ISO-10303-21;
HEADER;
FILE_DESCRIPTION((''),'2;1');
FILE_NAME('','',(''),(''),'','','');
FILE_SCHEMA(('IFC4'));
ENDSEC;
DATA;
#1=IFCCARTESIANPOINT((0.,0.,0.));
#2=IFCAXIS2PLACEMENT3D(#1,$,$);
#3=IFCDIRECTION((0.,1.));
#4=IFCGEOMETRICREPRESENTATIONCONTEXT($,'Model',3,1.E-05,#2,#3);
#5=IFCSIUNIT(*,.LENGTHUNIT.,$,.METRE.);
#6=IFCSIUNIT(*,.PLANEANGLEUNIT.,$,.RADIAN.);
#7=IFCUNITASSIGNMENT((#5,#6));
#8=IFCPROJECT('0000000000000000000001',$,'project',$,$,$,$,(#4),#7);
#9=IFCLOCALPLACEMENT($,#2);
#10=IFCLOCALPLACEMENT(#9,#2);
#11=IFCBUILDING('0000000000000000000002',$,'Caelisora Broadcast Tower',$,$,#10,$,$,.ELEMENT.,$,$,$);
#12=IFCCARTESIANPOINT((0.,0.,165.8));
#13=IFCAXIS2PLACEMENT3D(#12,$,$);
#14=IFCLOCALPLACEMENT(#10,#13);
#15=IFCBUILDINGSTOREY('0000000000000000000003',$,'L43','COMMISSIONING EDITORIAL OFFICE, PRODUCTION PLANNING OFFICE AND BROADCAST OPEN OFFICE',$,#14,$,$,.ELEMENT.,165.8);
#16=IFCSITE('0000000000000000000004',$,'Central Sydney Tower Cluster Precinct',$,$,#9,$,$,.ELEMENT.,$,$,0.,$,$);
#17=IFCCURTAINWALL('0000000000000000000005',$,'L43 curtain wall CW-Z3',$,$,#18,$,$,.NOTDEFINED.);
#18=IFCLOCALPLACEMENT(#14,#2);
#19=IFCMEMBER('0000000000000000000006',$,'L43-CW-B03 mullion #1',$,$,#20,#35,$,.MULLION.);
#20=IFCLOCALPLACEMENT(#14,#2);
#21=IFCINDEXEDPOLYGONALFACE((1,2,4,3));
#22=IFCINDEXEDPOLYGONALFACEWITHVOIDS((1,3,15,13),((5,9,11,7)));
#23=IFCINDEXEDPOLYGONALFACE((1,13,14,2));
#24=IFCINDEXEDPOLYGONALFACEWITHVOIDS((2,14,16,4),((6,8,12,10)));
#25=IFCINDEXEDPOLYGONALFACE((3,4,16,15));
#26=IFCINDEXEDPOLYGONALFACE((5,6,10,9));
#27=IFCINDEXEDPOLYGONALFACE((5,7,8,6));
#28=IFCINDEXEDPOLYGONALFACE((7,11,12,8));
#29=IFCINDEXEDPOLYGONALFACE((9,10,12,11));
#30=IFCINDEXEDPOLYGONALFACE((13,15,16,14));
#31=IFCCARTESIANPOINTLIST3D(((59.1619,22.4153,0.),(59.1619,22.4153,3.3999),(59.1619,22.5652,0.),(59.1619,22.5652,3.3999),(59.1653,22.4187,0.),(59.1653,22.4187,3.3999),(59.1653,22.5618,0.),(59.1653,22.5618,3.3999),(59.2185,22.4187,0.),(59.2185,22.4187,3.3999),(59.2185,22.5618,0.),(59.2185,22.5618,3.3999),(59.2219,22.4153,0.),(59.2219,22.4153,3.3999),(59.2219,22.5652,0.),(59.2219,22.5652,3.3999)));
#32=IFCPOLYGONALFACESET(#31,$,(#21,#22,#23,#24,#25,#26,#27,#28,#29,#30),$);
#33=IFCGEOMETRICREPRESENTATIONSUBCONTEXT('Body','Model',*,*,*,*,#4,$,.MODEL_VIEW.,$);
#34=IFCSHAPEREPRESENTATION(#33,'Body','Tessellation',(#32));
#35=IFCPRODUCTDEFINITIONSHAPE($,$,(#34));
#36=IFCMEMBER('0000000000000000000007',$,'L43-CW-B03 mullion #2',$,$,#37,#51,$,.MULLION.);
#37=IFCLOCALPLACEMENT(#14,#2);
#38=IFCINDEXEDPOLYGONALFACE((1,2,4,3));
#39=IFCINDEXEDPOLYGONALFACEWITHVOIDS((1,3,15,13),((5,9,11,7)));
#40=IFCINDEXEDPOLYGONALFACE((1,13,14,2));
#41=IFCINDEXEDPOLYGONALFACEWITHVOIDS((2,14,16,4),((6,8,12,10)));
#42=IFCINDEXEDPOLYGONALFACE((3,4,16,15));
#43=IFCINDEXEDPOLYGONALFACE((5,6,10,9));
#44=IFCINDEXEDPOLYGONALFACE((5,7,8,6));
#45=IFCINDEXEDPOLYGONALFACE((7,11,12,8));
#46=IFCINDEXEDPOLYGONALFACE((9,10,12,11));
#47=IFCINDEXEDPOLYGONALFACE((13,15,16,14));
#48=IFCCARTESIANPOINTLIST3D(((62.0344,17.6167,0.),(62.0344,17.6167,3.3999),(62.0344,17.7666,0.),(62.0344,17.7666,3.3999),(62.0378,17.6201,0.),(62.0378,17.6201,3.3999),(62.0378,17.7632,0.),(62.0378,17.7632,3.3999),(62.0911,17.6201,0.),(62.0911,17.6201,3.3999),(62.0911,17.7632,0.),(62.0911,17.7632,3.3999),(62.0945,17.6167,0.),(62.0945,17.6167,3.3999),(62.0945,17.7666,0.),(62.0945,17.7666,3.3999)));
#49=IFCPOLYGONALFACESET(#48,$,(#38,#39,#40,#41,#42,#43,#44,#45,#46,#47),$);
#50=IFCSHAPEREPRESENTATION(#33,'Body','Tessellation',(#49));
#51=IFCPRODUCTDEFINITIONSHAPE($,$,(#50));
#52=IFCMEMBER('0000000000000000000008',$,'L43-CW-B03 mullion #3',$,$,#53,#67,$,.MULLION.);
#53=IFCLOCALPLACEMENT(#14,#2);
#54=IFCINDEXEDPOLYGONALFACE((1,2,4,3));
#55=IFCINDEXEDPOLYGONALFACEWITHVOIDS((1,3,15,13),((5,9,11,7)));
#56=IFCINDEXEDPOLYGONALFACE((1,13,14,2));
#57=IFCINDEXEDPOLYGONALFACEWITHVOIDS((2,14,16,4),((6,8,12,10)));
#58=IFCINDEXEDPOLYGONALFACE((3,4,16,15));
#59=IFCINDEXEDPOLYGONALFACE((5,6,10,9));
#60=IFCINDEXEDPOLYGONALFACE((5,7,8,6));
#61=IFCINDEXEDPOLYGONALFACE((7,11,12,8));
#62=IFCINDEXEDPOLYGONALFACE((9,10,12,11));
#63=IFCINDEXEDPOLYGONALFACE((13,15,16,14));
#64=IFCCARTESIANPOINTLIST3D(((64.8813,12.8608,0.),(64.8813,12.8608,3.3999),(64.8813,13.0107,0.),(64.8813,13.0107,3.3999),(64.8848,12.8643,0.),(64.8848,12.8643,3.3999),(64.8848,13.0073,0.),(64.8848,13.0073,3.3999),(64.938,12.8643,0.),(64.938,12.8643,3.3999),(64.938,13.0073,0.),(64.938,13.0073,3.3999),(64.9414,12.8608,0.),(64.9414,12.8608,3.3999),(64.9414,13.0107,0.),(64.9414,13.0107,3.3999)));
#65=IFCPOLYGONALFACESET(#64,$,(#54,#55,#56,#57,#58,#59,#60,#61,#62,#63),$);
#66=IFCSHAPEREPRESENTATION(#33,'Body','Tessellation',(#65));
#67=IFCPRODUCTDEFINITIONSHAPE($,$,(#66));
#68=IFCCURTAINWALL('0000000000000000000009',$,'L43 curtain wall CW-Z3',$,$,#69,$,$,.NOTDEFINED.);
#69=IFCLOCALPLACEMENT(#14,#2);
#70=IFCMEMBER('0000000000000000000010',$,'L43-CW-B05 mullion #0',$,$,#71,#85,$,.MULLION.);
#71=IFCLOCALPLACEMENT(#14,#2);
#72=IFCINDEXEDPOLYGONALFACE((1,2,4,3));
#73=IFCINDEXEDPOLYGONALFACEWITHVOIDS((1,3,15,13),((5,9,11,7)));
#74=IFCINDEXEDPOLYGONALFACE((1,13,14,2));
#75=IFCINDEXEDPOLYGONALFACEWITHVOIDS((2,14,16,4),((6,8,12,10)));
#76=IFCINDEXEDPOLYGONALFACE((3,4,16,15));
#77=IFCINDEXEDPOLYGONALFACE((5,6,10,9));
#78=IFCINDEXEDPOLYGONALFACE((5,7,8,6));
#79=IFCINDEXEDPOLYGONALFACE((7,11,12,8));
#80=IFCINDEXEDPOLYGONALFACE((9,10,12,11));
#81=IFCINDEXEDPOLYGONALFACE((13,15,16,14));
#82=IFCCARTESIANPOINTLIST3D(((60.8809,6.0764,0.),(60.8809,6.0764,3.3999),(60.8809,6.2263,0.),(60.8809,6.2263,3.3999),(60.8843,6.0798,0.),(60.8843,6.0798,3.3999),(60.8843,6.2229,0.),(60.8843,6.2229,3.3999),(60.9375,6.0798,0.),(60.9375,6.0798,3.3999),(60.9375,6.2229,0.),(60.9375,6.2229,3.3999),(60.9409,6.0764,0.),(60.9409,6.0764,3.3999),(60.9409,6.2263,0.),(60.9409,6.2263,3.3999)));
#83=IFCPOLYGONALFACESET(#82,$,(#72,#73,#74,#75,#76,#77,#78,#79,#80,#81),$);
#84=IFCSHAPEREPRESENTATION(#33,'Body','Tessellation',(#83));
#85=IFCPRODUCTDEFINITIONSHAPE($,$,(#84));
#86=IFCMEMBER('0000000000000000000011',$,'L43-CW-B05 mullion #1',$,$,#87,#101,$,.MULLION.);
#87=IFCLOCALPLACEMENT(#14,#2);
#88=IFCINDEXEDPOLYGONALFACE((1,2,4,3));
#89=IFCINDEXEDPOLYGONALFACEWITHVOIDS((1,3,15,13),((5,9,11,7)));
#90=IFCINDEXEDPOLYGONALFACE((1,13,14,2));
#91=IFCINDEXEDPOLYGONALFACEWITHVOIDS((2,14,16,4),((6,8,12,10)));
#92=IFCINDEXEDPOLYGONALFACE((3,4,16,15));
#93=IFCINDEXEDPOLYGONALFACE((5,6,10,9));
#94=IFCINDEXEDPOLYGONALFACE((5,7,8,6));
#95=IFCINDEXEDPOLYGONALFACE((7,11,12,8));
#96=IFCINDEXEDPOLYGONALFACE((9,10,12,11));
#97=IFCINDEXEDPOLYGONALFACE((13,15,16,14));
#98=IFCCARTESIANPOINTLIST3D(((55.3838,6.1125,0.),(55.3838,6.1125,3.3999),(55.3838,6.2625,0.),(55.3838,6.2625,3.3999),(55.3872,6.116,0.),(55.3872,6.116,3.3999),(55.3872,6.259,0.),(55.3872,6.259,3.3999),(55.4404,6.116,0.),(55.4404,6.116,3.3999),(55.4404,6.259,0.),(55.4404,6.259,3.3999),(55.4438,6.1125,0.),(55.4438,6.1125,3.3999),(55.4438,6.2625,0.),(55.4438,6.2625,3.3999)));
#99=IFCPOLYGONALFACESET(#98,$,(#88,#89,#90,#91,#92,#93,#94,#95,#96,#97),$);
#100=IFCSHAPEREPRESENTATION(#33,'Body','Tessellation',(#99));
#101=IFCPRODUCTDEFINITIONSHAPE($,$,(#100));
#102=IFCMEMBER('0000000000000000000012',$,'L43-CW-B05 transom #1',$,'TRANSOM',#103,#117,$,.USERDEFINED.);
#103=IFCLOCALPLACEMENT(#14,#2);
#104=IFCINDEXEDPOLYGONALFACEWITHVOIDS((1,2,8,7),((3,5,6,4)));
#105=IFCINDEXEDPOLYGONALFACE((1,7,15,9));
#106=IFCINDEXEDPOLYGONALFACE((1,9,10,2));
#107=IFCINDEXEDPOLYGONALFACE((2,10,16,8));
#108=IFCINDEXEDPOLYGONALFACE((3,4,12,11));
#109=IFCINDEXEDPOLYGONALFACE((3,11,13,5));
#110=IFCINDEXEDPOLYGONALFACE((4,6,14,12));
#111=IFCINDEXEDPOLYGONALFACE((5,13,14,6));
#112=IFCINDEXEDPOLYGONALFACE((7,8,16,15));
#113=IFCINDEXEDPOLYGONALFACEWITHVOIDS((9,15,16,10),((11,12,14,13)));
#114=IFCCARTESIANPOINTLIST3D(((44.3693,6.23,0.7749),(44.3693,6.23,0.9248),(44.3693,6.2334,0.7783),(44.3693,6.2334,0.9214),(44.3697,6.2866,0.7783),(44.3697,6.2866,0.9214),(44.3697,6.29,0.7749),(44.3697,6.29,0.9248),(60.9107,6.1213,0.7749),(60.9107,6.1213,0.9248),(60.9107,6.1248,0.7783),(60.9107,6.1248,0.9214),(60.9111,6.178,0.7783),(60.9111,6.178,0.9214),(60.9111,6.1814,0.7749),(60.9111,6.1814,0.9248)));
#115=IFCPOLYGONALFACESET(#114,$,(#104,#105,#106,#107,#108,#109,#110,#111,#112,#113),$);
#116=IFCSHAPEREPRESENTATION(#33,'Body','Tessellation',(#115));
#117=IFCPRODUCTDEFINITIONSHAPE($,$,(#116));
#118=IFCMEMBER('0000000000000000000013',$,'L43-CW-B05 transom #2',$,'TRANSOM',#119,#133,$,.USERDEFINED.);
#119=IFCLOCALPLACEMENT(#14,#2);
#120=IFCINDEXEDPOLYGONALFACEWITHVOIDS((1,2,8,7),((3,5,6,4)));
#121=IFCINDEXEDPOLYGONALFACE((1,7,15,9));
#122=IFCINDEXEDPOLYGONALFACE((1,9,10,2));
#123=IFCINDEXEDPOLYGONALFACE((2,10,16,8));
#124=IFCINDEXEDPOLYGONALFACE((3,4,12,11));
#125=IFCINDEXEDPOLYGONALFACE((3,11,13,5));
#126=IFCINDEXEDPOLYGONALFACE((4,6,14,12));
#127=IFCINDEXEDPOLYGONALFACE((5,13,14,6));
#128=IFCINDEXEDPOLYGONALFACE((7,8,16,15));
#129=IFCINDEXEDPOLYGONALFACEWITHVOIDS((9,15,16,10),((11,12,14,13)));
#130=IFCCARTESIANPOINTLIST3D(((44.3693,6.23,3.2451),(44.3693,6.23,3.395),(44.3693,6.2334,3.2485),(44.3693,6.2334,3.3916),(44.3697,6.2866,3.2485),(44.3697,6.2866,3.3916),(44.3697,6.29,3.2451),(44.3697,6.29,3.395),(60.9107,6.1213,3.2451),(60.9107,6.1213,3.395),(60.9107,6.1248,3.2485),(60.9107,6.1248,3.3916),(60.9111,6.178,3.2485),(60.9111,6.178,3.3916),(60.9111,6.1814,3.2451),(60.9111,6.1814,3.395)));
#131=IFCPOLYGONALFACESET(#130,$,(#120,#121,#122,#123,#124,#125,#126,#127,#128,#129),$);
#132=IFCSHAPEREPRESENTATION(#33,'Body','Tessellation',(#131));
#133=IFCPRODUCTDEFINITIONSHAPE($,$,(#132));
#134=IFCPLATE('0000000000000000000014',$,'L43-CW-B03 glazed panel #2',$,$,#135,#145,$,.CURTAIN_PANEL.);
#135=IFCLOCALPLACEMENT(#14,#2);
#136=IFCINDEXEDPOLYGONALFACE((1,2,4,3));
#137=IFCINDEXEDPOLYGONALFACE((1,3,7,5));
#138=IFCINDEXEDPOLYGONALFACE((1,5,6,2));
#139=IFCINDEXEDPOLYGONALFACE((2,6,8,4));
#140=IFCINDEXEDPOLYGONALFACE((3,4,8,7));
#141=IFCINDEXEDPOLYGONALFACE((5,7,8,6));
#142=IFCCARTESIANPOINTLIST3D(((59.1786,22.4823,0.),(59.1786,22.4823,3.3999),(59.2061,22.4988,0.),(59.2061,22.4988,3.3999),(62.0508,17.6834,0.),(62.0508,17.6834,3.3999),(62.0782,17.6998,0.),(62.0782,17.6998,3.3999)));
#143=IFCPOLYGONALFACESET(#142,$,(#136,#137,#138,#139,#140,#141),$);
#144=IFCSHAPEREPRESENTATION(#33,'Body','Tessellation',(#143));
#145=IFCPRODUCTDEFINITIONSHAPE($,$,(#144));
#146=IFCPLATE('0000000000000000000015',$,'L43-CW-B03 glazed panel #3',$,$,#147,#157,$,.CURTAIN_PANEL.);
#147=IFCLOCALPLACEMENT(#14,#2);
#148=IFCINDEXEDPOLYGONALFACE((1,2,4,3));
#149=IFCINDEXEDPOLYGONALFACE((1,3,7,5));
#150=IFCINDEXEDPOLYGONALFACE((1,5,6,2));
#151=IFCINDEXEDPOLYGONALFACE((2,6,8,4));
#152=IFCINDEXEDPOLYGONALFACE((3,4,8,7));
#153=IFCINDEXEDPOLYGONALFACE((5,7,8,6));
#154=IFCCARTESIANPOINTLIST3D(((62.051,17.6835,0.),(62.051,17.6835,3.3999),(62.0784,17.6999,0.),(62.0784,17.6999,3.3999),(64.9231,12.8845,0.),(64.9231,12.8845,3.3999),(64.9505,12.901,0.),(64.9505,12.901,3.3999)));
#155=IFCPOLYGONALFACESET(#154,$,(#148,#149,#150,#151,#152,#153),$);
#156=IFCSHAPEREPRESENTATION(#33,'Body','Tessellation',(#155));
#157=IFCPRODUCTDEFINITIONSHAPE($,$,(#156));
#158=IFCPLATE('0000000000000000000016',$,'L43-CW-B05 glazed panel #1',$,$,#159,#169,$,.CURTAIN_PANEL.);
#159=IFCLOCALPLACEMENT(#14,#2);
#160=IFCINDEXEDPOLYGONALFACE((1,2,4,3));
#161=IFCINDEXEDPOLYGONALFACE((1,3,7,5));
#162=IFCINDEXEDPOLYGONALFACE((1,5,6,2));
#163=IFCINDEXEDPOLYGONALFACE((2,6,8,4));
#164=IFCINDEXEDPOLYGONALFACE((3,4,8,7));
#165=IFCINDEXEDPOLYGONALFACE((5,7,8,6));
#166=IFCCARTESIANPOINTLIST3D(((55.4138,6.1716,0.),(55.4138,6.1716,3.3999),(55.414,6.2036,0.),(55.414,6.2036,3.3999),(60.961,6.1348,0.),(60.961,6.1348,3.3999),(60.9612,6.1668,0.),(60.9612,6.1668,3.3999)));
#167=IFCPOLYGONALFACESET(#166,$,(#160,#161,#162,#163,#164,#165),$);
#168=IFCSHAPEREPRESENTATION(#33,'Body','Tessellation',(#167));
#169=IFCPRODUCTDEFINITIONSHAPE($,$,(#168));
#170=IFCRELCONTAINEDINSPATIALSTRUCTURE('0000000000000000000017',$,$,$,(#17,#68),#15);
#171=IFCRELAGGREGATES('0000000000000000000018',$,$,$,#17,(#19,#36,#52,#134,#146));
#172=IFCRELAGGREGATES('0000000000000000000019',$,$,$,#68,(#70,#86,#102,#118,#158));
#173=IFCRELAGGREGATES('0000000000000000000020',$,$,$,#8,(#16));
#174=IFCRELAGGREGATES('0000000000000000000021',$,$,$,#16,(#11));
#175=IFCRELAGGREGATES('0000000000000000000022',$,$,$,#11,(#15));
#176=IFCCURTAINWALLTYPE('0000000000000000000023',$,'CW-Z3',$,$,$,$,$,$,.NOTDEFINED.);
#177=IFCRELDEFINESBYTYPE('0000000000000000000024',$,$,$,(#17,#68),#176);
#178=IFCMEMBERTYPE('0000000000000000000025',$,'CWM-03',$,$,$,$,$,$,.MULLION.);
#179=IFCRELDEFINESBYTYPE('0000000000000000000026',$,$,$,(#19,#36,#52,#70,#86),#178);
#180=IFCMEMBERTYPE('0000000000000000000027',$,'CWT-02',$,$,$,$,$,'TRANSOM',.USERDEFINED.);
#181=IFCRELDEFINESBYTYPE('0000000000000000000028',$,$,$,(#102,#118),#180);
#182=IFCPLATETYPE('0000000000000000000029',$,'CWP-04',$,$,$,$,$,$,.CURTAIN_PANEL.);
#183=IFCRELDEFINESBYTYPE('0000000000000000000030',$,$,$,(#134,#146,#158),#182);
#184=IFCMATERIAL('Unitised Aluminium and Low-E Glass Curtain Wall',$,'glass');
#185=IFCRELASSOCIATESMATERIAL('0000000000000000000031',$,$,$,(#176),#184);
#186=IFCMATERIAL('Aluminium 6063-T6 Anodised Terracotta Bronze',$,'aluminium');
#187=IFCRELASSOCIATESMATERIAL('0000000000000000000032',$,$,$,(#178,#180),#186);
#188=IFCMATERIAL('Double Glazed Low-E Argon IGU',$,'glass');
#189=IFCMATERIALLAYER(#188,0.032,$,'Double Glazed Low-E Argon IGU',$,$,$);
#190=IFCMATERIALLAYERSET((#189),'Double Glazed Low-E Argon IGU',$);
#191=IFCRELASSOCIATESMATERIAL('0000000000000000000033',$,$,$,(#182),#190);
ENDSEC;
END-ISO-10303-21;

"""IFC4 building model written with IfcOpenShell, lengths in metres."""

from ifc_helpers import new_model, si_unit, direction, frame, origin, origin_2d, place, context, subcontext, project, spatial, rectangle, hollow_rectangle, extrude, source, transform, mapped, material, layer, layer_set, material_profile, profile_set, type_object, type_shapes, element, aggregate, save


model = new_model("IFC4")

# Units and contexts
model_context = context("Model", 3, precision=1e-05, world=origin(), true_north=direction((0.0, 1.0)))
body_context = subcontext(model_context, "Body", "Model", "MODEL_VIEW")
ifc_project = project(units=[si_unit("LENGTHUNIT", "METRE"), si_unit("PLANEANGLEUNIT", "RADIAN")], contexts=[model_context])

# Site, building, storey
site_placement = place(None, origin())
site = spatial("IfcSite", under=ifc_project, at=site_placement, Name="Central Sydney Tower Cluster Precinct", CompositionType="ELEMENT", RefElevation=0.0)
building_placement = place(site_placement, origin())
building = spatial("IfcBuilding", under=site, at=building_placement, Name="Caelisora Broadcast Tower", CompositionType="ELEMENT")
storey_placement = place(building_placement, frame((0.0, 0.0, 165.8)))
storey = spatial("IfcBuildingStorey", under=building, at=storey_placement, Name="L43", Description="COMMISSIONING EDITORIAL OFFICE, PRODUCTION PLANNING OFFICE AND BROADCAST OPEN OFFICE", CompositionType="ELEMENT", Elevation=165.8)

# Curtain walls, members
ifc_material_1 = material(Name="Unitised Aluminium and Low-E Glass Curtain Wall", Category="glass")
curtain_wall_type = type_object("IfcCurtainWallType", Name="CW-Z3", PredefinedType="NOTDEFINED", material=ifc_material_1)
curtain_wall_1_placement = place(storey_placement, origin())
curtain_wall_1 = element("IfcCurtainWall", 1, at=curtain_wall_1_placement, inside=storey, type_object=curtain_wall_type, Name="L43 curtain wall CW-Z3", PredefinedType="NOTDEFINED")
ifc_material_2 = material(Name="Aluminium 6063-T6 Anodised Terracotta Bronze", Category="aluminium")
ifc_material_profile_1 = material_profile(ifc_material_2, hollow_rectangle(XDim=0.0601, YDim=0.1499, WallThickness=0.0034, at=origin_2d()), Name="Aluminium 6063-T6 Anodised Terracotta Bronze")
ifc_profile_set_1 = profile_set([ifc_material_profile_1], Name="Aluminium 6063-T6 Anodised Terracotta Bronze")
member_type_1 = type_object("IfcMemberType", Name="CWM-03", PredefinedType="MULLION", material=ifc_profile_set_1)
shared_shape_1 = source(origin(), body_context, "Body", "SweptSolid", [
    extrude(hollow_rectangle(XDim=0.0601, YDim=0.1499, WallThickness=0.0034, at=origin_2d()), origin(), (0.0, 0.0, 1.0), 3.3999),
])
type_shapes(member_type_1, [shared_shape_1])
member_1_placement = place(storey_placement, frame((59.1919, 22.4902, 0.0), z_axis=(0.0, 0.0, 1.0), x_axis=(1.0, 0.0, 0.0)))
member_1 = element("IfcMember", 2, at=member_1_placement, type_object=member_type_1, Name="L43-CW-B03 mullion #1", PredefinedType="MULLION", context=body_context, shape_type="MappedRepresentation", body=[
    mapped(shared_shape_1, transform((0.0, 0.0, 0.0), scale=1.0)),
])
member_2_placement = place(storey_placement, frame((62.0645, 17.6917, 0.0), z_axis=(0.0, 0.0, 1.0), x_axis=(1.0, 0.0, 0.0)))
member_2 = element("IfcMember", 3, at=member_2_placement, type_object=member_type_1, Name="L43-CW-B03 mullion #2", PredefinedType="MULLION", context=body_context, shape_type="MappedRepresentation", body=[
    mapped(shared_shape_1, transform((0.0, 0.0, 0.0), scale=1.0)),
])
member_3_placement = place(storey_placement, frame((64.9114, 12.9358, 0.0), z_axis=(0.0, 0.0, 1.0), x_axis=(1.0, 0.0, 0.0)))
member_3 = element("IfcMember", 4, at=member_3_placement, type_object=member_type_1, Name="L43-CW-B03 mullion #3", PredefinedType="MULLION", context=body_context, shape_type="MappedRepresentation", body=[
    mapped(shared_shape_1, transform((0.0, 0.0, 0.0), scale=1.0)),
])
curtain_wall_2_placement = place(storey_placement, origin())
curtain_wall_2 = element("IfcCurtainWall", 5, at=curtain_wall_2_placement, inside=storey, type_object=curtain_wall_type, Name="L43 curtain wall CW-Z3", PredefinedType="NOTDEFINED")
member_4_placement = place(storey_placement, frame((60.9109, 6.1514, 0.0), z_axis=(0.0, 0.0, 1.0), x_axis=(1.0, 0.0, 0.0)))
member_4 = element("IfcMember", 6, at=member_4_placement, type_object=member_type_1, Name="L43-CW-B05 mullion #0", PredefinedType="MULLION", context=body_context, shape_type="MappedRepresentation", body=[
    mapped(shared_shape_1, transform((0.0, 0.0, 0.0), scale=1.0)),
])
member_5_placement = place(storey_placement, frame((55.4138, 6.1875, 0.0), z_axis=(0.0, 0.0, 1.0), x_axis=(1.0, 0.0, 0.0)))
member_5 = element("IfcMember", 7, at=member_5_placement, type_object=member_type_1, Name="L43-CW-B05 mullion #1", PredefinedType="MULLION", context=body_context, shape_type="MappedRepresentation", body=[
    mapped(shared_shape_1, transform((0.0, 0.0, 0.0), scale=1.0)),
])
ifc_material_profile_2 = material_profile(ifc_material_2, hollow_rectangle(XDim=0.0601, YDim=0.1499, WallThickness=0.0034, at=origin_2d()), Name="Aluminium 6063-T6 Anodised Terracotta Bronze")
ifc_profile_set_2 = profile_set([ifc_material_profile_2], Name="Aluminium 6063-T6 Anodised Terracotta Bronze")
member_type_2 = type_object("IfcMemberType", Name="CWT-02", ElementType="TRANSOM", PredefinedType="USERDEFINED", material=ifc_profile_set_2)
shared_shape_2 = source(origin(), body_context, "Body", "SweptSolid", [
    extrude(hollow_rectangle(XDim=0.0601, YDim=0.1499, WallThickness=0.0034, at=origin_2d()), origin(), (0.0, 0.0, 1.0), 16.5417),
])
type_shapes(member_type_2, [shared_shape_2])
member_6_placement = place(storey_placement, frame((60.9109, 6.1514, 0.8499), z_axis=(-0.999978, 0.006568, 0.0), x_axis=(-0.006568, -0.999978, 0.0)))
member_6 = element("IfcMember", 8, at=member_6_placement, type_object=member_type_2, Name="L43-CW-B05 transom #1", ObjectType="TRANSOM", PredefinedType="USERDEFINED", context=body_context, shape_type="MappedRepresentation", body=[
    mapped(shared_shape_2, transform((0.0, 0.0, 0.0), scale=1.0)),
])
member_7_placement = place(storey_placement, frame((60.9109, 6.1514, 3.3201), z_axis=(-0.999978, 0.006568, 0.0), x_axis=(-0.006568, -0.999978, 0.0)))
member_7 = element("IfcMember", 9, at=member_7_placement, type_object=member_type_2, Name="L43-CW-B05 transom #2", ObjectType="TRANSOM", PredefinedType="USERDEFINED", context=body_context, shape_type="MappedRepresentation", body=[
    mapped(shared_shape_2, transform((0.0, 0.0, 0.0), scale=1.0)),
])

# Plates
ifc_material_3 = material(Name="Double Glazed Low-E Argon IGU", Category="glass")
ifc_layer_1 = layer(ifc_material_3, 0.032, Name="Double Glazed Low-E Argon IGU")
ifc_layer_set_1 = layer_set([ifc_layer_1], Name="Double Glazed Low-E Argon IGU")
plate_type = type_object("IfcPlateType", Name="CWP-04", PredefinedType="CURTAIN_PANEL", material=ifc_layer_set_1)
shared_shape_3 = source(origin(), body_context, "Body", "SweptSolid", [
    extrude(rectangle(XDim=5.5928, YDim=0.032, at=origin_2d()), origin(), (0.0, 0.0, 1.0), 3.3999),
])
plate_1_placement = place(storey_placement, frame((60.6284, 20.0911, 0.0), z_axis=(0.0, 0.0, 1.0), x_axis=(0.513541, -0.858065, 0.0)))
plate_1 = element("IfcPlate", 10, at=plate_1_placement, type_object=plate_type, Name="L43-CW-B03 glazed panel #2", PredefinedType="CURTAIN_PANEL", context=body_context, shape_type="MappedRepresentation", body=[
    mapped(shared_shape_3, transform((0.0, 0.0, 0.0), scale=1.0)),
])
plate_2_placement = place(storey_placement, frame((63.5007, 15.2922, 0.0), z_axis=(0.0, 0.0, 1.0), x_axis=(0.513541, -0.858065, 0.0)))
plate_2 = element("IfcPlate", 11, at=plate_2_placement, type_object=plate_type, Name="L43-CW-B03 glazed panel #3", PredefinedType="CURTAIN_PANEL", context=body_context, shape_type="MappedRepresentation", body=[
    mapped(shared_shape_3, transform((0.0, 0.0, 0.0), scale=1.0)),
])
aggregate(curtain_wall_1, [member_1, member_2, member_3, plate_1, plate_2])
shared_shape_4 = source(origin(), body_context, "Body", "SweptSolid", [
    extrude(rectangle(XDim=5.5474, YDim=0.032, at=origin_2d()), origin(), (0.0, 0.0, 1.0), 3.3999),
])
type_shapes(plate_type, [shared_shape_3, shared_shape_4])
plate_3_placement = place(storey_placement, frame((58.1875, 6.1692, 0.0), z_axis=(0.0, 0.0, 1.0), x_axis=(-0.999978, 0.006632, 0.0)))
plate_3 = element("IfcPlate", 12, at=plate_3_placement, type_object=plate_type, Name="L43-CW-B05 glazed panel #1", PredefinedType="CURTAIN_PANEL", context=body_context, shape_type="MappedRepresentation", body=[
    mapped(shared_shape_4, transform((0.0, 0.0, 0.0), scale=1.0)),
])
aggregate(curtain_wall_2, [member_4, member_5, member_6, member_7, plate_3])

save(model, "model.ifc")
